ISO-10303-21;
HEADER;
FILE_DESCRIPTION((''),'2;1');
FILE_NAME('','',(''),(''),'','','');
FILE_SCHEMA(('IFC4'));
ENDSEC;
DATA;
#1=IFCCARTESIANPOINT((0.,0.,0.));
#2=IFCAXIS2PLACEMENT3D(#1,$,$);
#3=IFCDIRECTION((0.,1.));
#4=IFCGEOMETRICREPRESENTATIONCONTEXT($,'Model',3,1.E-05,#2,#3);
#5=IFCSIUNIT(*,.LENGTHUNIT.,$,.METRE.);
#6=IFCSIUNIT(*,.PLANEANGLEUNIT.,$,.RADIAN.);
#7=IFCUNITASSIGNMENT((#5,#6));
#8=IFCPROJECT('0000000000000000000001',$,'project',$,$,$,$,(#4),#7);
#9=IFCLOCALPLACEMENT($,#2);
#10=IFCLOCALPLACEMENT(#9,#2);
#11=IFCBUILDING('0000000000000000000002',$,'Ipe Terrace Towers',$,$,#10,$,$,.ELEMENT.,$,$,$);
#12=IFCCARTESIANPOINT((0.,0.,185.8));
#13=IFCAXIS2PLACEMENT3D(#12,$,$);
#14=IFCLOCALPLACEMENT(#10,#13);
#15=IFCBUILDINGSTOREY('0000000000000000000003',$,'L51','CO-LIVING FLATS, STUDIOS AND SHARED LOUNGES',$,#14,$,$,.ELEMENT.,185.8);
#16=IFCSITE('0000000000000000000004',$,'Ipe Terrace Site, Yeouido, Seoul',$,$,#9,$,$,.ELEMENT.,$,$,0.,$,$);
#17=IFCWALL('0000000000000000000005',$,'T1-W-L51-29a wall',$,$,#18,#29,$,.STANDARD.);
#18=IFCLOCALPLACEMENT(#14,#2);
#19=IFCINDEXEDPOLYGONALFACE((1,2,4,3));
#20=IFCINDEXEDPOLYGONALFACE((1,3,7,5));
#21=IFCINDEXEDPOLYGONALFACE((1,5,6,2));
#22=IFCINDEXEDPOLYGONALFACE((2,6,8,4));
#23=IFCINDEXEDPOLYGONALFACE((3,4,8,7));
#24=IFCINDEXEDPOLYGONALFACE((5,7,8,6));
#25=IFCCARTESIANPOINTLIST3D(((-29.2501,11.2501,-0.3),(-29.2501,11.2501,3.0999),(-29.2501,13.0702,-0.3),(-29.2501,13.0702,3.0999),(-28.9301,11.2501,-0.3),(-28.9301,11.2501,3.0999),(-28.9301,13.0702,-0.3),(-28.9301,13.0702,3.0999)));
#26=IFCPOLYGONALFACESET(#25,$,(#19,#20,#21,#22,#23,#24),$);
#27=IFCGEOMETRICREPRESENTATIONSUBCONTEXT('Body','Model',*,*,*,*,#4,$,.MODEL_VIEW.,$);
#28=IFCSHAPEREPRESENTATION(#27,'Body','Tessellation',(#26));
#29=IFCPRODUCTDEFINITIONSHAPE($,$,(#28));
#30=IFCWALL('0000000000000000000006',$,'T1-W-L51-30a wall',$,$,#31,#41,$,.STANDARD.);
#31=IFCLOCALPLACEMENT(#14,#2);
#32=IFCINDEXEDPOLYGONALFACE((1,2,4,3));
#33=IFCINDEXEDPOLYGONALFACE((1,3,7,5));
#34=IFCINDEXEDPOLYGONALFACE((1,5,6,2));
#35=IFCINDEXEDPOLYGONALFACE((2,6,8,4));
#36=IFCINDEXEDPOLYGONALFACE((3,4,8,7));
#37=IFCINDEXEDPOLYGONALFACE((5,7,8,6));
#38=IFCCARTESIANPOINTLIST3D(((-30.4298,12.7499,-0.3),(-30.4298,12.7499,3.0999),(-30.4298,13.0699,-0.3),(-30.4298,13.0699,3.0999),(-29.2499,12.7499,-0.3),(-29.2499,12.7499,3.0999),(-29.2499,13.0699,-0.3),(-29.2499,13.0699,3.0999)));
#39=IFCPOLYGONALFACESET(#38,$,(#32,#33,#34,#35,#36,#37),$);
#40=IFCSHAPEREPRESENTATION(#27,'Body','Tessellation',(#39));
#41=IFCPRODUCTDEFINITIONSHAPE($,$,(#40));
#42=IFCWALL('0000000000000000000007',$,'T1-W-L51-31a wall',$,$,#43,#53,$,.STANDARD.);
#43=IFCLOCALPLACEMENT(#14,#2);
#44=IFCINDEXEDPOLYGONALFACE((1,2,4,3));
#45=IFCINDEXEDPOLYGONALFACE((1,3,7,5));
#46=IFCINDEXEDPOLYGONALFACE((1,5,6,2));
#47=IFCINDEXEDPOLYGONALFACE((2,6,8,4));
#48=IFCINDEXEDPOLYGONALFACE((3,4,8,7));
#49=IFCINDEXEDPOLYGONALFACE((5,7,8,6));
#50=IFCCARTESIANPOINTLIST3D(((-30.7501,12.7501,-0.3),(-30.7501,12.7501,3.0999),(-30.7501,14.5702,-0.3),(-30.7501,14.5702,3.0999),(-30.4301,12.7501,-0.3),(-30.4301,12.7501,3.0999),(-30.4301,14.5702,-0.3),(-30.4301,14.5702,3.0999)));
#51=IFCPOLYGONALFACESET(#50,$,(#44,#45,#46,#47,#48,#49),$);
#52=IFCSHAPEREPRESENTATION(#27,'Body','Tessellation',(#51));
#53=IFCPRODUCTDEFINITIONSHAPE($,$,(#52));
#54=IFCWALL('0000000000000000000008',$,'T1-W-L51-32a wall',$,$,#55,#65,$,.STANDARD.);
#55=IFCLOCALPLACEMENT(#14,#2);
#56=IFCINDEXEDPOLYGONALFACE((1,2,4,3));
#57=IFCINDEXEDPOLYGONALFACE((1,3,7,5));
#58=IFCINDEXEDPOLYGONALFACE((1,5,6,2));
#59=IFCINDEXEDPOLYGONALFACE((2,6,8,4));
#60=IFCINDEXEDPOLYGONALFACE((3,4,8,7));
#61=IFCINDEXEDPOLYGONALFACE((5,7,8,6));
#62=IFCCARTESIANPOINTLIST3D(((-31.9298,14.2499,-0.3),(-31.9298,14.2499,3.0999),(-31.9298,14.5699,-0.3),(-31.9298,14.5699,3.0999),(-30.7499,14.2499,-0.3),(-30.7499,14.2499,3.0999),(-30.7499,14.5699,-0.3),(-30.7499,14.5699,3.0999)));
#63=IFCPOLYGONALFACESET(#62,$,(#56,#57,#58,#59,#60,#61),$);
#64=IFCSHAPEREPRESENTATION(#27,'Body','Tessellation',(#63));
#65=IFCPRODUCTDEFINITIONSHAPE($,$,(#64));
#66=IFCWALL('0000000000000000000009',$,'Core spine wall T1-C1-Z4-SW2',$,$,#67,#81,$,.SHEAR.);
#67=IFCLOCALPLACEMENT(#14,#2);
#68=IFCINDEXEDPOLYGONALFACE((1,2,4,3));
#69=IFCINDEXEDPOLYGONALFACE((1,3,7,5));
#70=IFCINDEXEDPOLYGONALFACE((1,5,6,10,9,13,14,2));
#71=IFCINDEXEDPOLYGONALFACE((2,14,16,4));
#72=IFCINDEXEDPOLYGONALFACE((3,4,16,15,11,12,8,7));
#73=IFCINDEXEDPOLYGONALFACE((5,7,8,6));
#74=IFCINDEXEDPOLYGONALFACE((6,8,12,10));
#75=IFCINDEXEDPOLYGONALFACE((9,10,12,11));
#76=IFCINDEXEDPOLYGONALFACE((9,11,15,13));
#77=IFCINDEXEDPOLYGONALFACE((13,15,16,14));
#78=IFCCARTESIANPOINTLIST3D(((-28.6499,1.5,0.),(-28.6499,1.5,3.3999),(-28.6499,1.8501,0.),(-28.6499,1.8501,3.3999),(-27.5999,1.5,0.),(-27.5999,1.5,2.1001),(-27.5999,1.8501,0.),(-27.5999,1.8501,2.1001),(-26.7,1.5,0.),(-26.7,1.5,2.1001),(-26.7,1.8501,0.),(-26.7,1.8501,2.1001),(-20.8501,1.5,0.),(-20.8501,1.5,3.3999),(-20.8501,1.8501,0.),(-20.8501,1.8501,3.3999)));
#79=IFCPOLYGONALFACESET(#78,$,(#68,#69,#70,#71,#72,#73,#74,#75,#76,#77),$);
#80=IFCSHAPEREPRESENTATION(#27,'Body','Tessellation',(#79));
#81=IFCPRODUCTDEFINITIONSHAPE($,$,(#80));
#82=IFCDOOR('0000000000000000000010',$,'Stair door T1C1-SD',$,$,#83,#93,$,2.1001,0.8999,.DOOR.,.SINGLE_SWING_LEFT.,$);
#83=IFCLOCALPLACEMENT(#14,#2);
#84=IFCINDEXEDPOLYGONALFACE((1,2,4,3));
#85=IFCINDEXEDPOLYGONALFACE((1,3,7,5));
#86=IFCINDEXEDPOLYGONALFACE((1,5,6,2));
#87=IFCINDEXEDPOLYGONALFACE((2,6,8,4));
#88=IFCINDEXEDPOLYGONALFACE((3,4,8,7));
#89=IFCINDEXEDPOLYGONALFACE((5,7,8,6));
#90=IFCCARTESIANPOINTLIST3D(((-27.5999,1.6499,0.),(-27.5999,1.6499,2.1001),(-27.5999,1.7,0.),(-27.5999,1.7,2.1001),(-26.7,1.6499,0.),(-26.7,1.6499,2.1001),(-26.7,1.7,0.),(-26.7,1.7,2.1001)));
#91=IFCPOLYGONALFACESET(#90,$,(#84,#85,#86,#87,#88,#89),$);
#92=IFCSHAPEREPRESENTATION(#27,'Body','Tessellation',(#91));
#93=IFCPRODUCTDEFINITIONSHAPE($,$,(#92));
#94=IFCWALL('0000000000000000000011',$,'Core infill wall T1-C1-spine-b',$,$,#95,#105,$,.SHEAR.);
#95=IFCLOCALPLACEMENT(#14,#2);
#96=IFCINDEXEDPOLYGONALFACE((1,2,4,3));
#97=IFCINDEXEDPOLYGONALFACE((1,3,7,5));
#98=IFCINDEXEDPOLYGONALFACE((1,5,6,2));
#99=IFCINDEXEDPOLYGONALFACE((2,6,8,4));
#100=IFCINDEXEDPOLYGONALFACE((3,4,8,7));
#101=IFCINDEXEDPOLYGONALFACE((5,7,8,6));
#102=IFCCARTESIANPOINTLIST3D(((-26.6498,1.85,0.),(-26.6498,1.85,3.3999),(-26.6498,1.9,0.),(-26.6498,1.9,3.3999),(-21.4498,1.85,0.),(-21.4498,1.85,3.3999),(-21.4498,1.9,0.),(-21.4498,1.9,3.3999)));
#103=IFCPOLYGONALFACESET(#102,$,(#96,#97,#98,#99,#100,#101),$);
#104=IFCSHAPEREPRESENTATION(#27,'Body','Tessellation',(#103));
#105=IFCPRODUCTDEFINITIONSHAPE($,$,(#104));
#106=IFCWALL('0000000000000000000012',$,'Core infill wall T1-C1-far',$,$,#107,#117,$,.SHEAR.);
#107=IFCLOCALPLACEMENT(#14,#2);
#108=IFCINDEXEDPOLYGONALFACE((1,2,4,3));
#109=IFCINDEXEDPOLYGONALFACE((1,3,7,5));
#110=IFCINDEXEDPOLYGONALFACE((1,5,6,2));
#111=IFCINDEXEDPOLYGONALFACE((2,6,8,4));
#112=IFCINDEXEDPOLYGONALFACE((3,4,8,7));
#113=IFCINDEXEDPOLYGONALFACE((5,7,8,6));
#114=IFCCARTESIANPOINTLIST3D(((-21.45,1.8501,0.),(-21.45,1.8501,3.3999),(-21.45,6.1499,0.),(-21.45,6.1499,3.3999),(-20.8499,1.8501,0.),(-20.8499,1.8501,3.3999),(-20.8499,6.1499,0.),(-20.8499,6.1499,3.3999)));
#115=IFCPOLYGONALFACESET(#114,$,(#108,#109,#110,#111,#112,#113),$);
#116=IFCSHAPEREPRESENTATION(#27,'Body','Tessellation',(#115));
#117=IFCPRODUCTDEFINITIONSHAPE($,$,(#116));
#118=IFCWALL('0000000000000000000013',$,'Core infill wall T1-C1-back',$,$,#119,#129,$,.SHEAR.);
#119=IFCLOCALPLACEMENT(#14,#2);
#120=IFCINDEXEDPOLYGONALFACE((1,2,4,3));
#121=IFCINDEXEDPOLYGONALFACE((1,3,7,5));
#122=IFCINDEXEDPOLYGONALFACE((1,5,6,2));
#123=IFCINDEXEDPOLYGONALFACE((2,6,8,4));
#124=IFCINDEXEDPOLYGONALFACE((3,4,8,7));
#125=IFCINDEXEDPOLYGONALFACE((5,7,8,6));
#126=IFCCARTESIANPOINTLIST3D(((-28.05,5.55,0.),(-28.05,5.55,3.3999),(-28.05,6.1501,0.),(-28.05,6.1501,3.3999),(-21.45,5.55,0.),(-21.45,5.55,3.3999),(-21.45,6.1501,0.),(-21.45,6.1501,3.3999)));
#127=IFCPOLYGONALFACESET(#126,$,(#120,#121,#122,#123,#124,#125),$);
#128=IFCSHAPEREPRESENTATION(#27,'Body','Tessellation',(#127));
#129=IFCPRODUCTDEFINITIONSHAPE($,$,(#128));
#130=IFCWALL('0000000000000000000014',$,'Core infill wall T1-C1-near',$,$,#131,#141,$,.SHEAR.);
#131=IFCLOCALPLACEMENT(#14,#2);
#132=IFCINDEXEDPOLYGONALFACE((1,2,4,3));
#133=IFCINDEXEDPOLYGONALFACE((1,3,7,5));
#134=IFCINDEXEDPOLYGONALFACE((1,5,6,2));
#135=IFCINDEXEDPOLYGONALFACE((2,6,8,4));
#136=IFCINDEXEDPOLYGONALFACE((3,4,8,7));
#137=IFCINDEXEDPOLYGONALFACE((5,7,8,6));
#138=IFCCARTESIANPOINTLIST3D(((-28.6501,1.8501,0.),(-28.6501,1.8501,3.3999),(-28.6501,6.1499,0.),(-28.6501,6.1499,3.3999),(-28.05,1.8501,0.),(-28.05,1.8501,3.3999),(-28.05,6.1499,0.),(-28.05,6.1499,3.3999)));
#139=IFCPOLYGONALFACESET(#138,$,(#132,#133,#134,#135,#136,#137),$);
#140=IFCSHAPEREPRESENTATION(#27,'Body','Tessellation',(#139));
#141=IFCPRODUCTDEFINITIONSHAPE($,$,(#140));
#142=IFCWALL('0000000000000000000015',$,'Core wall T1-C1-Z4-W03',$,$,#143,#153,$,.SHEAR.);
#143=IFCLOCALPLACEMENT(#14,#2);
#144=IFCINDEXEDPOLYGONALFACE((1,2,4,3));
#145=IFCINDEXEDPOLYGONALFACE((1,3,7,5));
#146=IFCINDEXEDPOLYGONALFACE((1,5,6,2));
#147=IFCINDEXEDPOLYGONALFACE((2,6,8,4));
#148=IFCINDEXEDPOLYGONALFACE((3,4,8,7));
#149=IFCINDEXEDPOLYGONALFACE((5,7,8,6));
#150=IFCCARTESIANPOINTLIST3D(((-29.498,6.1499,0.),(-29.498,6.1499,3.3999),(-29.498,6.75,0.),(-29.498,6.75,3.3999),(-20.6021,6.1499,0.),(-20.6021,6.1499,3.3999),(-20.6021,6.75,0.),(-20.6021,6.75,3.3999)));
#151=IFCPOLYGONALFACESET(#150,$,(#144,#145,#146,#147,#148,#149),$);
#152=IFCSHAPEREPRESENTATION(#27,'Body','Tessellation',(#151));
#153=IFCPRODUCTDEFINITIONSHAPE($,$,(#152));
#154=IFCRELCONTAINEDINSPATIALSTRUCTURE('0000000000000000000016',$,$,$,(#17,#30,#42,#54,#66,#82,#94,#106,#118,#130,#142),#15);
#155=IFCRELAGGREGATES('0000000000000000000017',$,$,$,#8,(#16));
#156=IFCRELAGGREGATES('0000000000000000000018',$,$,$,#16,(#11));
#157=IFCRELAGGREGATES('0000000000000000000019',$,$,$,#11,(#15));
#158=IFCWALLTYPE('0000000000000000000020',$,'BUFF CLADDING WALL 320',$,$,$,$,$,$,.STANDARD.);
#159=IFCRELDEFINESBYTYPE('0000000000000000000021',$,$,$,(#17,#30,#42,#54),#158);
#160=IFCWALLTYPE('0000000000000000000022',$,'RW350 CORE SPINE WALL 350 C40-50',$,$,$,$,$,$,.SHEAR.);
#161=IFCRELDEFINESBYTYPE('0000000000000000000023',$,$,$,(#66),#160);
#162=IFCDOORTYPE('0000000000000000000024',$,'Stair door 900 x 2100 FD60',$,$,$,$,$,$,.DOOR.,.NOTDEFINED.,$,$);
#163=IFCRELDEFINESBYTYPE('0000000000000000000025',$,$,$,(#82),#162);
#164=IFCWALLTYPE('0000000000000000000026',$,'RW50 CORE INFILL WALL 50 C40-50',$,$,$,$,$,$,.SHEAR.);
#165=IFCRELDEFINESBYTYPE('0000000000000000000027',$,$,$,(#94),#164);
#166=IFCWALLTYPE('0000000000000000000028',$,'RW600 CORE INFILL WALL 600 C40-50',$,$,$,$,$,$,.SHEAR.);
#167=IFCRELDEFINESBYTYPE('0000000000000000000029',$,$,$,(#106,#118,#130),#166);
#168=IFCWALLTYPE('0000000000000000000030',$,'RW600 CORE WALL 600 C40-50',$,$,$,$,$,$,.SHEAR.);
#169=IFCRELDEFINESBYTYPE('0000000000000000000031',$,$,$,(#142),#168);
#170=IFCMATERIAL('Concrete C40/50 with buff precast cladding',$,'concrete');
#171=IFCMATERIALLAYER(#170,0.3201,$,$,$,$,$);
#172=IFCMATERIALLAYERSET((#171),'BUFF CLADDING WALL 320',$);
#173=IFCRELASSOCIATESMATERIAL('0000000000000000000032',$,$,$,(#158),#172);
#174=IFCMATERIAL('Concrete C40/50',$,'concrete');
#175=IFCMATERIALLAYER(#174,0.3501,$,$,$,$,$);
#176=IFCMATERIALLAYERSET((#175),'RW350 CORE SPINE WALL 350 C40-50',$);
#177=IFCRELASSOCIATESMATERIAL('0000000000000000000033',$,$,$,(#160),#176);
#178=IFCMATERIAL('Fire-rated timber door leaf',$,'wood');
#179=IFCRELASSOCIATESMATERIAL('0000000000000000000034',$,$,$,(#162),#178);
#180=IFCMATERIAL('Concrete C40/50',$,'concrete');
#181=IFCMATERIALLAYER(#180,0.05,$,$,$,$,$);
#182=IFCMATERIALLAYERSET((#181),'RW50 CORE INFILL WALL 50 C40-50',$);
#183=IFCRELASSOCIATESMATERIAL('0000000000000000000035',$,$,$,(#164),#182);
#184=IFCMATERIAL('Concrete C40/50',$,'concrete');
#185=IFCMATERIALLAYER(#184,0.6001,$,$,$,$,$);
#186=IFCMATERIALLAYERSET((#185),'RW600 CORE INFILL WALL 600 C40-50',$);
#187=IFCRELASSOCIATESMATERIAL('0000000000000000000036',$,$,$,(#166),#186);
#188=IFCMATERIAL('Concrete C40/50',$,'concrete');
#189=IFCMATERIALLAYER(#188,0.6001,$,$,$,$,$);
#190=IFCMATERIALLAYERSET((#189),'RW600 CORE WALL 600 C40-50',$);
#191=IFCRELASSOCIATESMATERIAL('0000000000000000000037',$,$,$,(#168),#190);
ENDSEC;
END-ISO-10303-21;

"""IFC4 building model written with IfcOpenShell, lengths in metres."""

from ifc_helpers import new_model, si_unit, direction, frame, frame_2d, origin, place, context, subcontext, project, spatial, rectangle, extrude, material, layer, layer_set, type_object, element, fill, save


model = new_model("IFC4")

# Units and contexts
model_context = context("Model", 3, precision=1e-05, world=origin(), true_north=direction((0.0, 1.0)))
body_context = subcontext(model_context, "Body", "Model", "MODEL_VIEW")
ifc_project = project(units=[si_unit("LENGTHUNIT", "METRE"), si_unit("PLANEANGLEUNIT", "RADIAN")], contexts=[model_context])

# Site, building, storey
site_placement = place(None, origin())
site = spatial("IfcSite", under=ifc_project, at=site_placement, Name="Ipe Terrace Site, Yeouido, Seoul", CompositionType="ELEMENT", RefElevation=0.0)
building_placement = place(site_placement, origin())
building = spatial("IfcBuilding", under=site, at=building_placement, Name="Ipe Terrace Towers", CompositionType="ELEMENT")
storey_placement = place(building_placement, frame((0.0, 0.0, 185.8)))
storey = spatial("IfcBuildingStorey", under=building, at=storey_placement, Name="L51", Description="CO-LIVING FLATS, STUDIOS AND SHARED LOUNGES", CompositionType="ELEMENT", Elevation=185.8)

# Walls
ifc_material_1 = material(Name="Concrete C40/50 with buff precast cladding", Category="concrete")
ifc_layer_1 = layer(ifc_material_1, 0.3201)
ifc_layer_set_1 = layer_set([ifc_layer_1], Name="BUFF CLADDING WALL 320")
wall_type_1 = type_object("IfcWallType", Name="BUFF CLADDING WALL 320", PredefinedType="STANDARD", material=ifc_layer_set_1)
wall_1_placement = place(storey_placement, frame((-29.0901, 11.25, -0.3), z_axis=(0.0, 0.0, 1.0), x_axis=(0.0, 1.0, 0.0)))
element("IfcWall", 1, at=wall_1_placement, inside=storey, type_object=wall_type_1, Name="T1-W-L51-29a wall", PredefinedType="STANDARD", context=body_context, shape_type="SweptSolid", body=[
    extrude(rectangle(XDim=1.8201, YDim=0.3201, at=frame_2d((0.9102, 0.0))), origin(), (0.0, 0.0, 1.0), 3.3999),
])
wall_2_placement = place(storey_placement, frame((-29.25, 12.9099, -0.3), z_axis=(0.0, 0.0, 1.0), x_axis=(-1.0, 0.0, 0.0)))
element("IfcWall", 2, at=wall_2_placement, inside=storey, type_object=wall_type_1, Name="T1-W-L51-30a wall", PredefinedType="STANDARD", context=body_context, shape_type="SweptSolid", body=[
    extrude(rectangle(XDim=1.1799, YDim=0.3201, at=frame_2d((0.5898, 0.0))), origin(), (0.0, 0.0, 1.0), 3.3999),
])
wall_3_placement = place(storey_placement, frame((-30.5901, 12.75, -0.3), z_axis=(0.0, 0.0, 1.0), x_axis=(0.0, 1.0, 0.0)))
element("IfcWall", 3, at=wall_3_placement, inside=storey, type_object=wall_type_1, Name="T1-W-L51-31a wall", PredefinedType="STANDARD", context=body_context, shape_type="SweptSolid", body=[
    extrude(rectangle(XDim=1.8201, YDim=0.3201, at=frame_2d((0.9102, 0.0))), origin(), (0.0, 0.0, 1.0), 3.3999),
])
wall_4_placement = place(storey_placement, frame((-30.75, 14.4099, -0.3), z_axis=(0.0, 0.0, 1.0), x_axis=(-1.0, 0.0, 0.0)))
element("IfcWall", 4, at=wall_4_placement, inside=storey, type_object=wall_type_1, Name="T1-W-L51-32a wall", PredefinedType="STANDARD", context=body_context, shape_type="SweptSolid", body=[
    extrude(rectangle(XDim=1.1799, YDim=0.3201, at=frame_2d((0.5898, 0.0))), origin(), (0.0, 0.0, 1.0), 3.3999),
])

# Wall, opening, door
ifc_material_2 = material(Name="Concrete C40/50", Category="concrete")
ifc_layer_2 = layer(ifc_material_2, 0.3501)
ifc_layer_set_2 = layer_set([ifc_layer_2], Name="RW350 CORE SPINE WALL 350 C40-50")
wall_type_2 = type_object("IfcWallType", Name="RW350 CORE SPINE WALL 350 C40-50", PredefinedType="SHEAR", material=ifc_layer_set_2)
wall_5_placement = place(storey_placement, frame((-28.6499, 1.675, 0.0), z_axis=(0.0, 0.0, 1.0), x_axis=(1.0, 0.0, 0.0)))
wall_5 = element("IfcWall", 5, at=wall_5_placement, inside=storey, type_object=wall_type_2, Name="Core spine wall T1-C1-Z4-SW2", PredefinedType="SHEAR", context=body_context, shape_type="SweptSolid", body=[
    extrude(rectangle(XDim=7.7998, YDim=0.3501, at=frame_2d((3.8999, 0.0))), origin(), (0.0, 0.0, 1.0), 3.3999),
])
opening_1_placement = place(wall_5_placement, frame((1.05, 0.0, 0.0)))
opening_1 = element("IfcOpeningElement", 6, at=opening_1_placement, cuts=wall_5, PredefinedType="OPENING", context=body_context, shape_type="SweptSolid", body=[
    extrude(rectangle(XDim=0.8999, YDim=2.1001, at=frame_2d((0.45, 1.05))), frame((0.0, 0.1851, 0.0), z_axis=(0.0, -1.0, 0.0), x_axis=(1.0, 0.0, 0.0)), (0.0, 0.0, 1.0), 0.3701),
])
ifc_material_3 = material(Name="Fire-rated timber door leaf", Category="wood")
door_type_1 = type_object("IfcDoorType", Name="Stair door 900 x 2100 FD60", OperationType="NOTDEFINED", PredefinedType="DOOR", material=ifc_material_3)
door_1_placement = place(opening_1_placement, origin())
door_1 = element("IfcDoor", 7, at=door_1_placement, inside=storey, type_object=door_type_1, Name="Stair door T1C1-SD", OperationType="SINGLE_SWING_LEFT", OverallHeight=2.1001, OverallWidth=0.8999, PredefinedType="DOOR", context=body_context, shape_type="SweptSolid", body=[
    extrude(rectangle(XDim=0.8999, YDim=2.1001, at=frame_2d((0.45, 1.05))), frame((0.0, 0.0249, 0.0), z_axis=(0.0, -1.0, 0.0), x_axis=(1.0, 0.0, 0.0)), (0.0, 0.0, 1.0), 0.05),
])
fill(opening_1, door_1)

# Walls
ifc_material_4 = material(Name="Concrete C40/50", Category="concrete")
ifc_layer_3 = layer(ifc_material_4, 0.05)
ifc_layer_set_3 = layer_set([ifc_layer_3], Name="RW50 CORE INFILL WALL 50 C40-50")
wall_type_3 = type_object("IfcWallType", Name="RW50 CORE INFILL WALL 50 C40-50", PredefinedType="SHEAR", material=ifc_layer_set_3)
wall_6_placement = place(storey_placement, frame((-26.6499, 1.875, 0.0), z_axis=(0.0, 0.0, 1.0), x_axis=(1.0, 0.0, 0.0)))
element("IfcWall", 8, at=wall_6_placement, inside=storey, type_object=wall_type_3, Name="Core infill wall T1-C1-spine-b", PredefinedType="SHEAR", context=body_context, shape_type="SweptSolid", body=[
    extrude(rectangle(XDim=5.2, YDim=0.05, at=frame_2d((2.6001, 0.0))), origin(), (0.0, 0.0, 1.0), 3.3999),
])
ifc_material_5 = material(Name="Concrete C40/50", Category="concrete")
ifc_layer_4 = layer(ifc_material_5, 0.6001)
ifc_layer_set_4 = layer_set([ifc_layer_4], Name="RW600 CORE INFILL WALL 600 C40-50")
wall_type_4 = type_object("IfcWallType", Name="RW600 CORE INFILL WALL 600 C40-50", PredefinedType="SHEAR", material=ifc_layer_set_4)
wall_7_placement = place(storey_placement, frame((-21.1499, 1.8501, 0.0), z_axis=(0.0, 0.0, 1.0), x_axis=(0.0, 1.0, 0.0)))
element("IfcWall", 9, at=wall_7_placement, inside=storey, type_object=wall_type_4, Name="Core infill wall T1-C1-far", PredefinedType="SHEAR", context=body_context, shape_type="SweptSolid", body=[
    extrude(rectangle(XDim=4.2998, YDim=0.6001, at=frame_2d((2.1499, 0.0))), origin(), (0.0, 0.0, 1.0), 3.3999),
])
wall_8_placement = place(storey_placement, frame((-28.05, 5.8501, 0.0), z_axis=(0.0, 0.0, 1.0), x_axis=(1.0, 0.0, 0.0)))
element("IfcWall", 10, at=wall_8_placement, inside=storey, type_object=wall_type_4, Name="Core infill wall T1-C1-back", PredefinedType="SHEAR", context=body_context, shape_type="SweptSolid", body=[
    extrude(rectangle(XDim=6.6001, YDim=0.6001, at=frame_2d((3.3, 0.0))), origin(), (0.0, 0.0, 1.0), 3.3999),
])
wall_9_placement = place(storey_placement, frame((-28.3501, 1.8501, 0.0), z_axis=(0.0, 0.0, 1.0), x_axis=(0.0, 1.0, 0.0)))
element("IfcWall", 11, at=wall_9_placement, inside=storey, type_object=wall_type_4, Name="Core infill wall T1-C1-near", PredefinedType="SHEAR", context=body_context, shape_type="SweptSolid", body=[
    extrude(rectangle(XDim=4.2998, YDim=0.6001, at=frame_2d((2.1499, 0.0))), origin(), (0.0, 0.0, 1.0), 3.3999),
])
ifc_material_6 = material(Name="Concrete C40/50", Category="concrete")
ifc_layer_5 = layer(ifc_material_6, 0.6001)
ifc_layer_set_5 = layer_set([ifc_layer_5], Name="RW600 CORE WALL 600 C40-50")
wall_type_5 = type_object("IfcWallType", Name="RW600 CORE WALL 600 C40-50", PredefinedType="SHEAR", material=ifc_layer_set_5)
wall_10_placement = place(storey_placement, frame((-20.6021, 6.45, 0.0), z_axis=(0.0, 0.0, 1.0), x_axis=(-1.0, 0.0, 0.0)))
element("IfcWall", 12, at=wall_10_placement, inside=storey, type_object=wall_type_5, Name="Core wall T1-C1-Z4-W03", PredefinedType="SHEAR", context=body_context, shape_type="SweptSolid", body=[
    extrude(rectangle(XDim=8.896, YDim=0.6001, at=frame_2d((4.448, 0.0))), origin(), (0.0, 0.0, 1.0), 3.3999),
])

save(model, "model.ifc")
